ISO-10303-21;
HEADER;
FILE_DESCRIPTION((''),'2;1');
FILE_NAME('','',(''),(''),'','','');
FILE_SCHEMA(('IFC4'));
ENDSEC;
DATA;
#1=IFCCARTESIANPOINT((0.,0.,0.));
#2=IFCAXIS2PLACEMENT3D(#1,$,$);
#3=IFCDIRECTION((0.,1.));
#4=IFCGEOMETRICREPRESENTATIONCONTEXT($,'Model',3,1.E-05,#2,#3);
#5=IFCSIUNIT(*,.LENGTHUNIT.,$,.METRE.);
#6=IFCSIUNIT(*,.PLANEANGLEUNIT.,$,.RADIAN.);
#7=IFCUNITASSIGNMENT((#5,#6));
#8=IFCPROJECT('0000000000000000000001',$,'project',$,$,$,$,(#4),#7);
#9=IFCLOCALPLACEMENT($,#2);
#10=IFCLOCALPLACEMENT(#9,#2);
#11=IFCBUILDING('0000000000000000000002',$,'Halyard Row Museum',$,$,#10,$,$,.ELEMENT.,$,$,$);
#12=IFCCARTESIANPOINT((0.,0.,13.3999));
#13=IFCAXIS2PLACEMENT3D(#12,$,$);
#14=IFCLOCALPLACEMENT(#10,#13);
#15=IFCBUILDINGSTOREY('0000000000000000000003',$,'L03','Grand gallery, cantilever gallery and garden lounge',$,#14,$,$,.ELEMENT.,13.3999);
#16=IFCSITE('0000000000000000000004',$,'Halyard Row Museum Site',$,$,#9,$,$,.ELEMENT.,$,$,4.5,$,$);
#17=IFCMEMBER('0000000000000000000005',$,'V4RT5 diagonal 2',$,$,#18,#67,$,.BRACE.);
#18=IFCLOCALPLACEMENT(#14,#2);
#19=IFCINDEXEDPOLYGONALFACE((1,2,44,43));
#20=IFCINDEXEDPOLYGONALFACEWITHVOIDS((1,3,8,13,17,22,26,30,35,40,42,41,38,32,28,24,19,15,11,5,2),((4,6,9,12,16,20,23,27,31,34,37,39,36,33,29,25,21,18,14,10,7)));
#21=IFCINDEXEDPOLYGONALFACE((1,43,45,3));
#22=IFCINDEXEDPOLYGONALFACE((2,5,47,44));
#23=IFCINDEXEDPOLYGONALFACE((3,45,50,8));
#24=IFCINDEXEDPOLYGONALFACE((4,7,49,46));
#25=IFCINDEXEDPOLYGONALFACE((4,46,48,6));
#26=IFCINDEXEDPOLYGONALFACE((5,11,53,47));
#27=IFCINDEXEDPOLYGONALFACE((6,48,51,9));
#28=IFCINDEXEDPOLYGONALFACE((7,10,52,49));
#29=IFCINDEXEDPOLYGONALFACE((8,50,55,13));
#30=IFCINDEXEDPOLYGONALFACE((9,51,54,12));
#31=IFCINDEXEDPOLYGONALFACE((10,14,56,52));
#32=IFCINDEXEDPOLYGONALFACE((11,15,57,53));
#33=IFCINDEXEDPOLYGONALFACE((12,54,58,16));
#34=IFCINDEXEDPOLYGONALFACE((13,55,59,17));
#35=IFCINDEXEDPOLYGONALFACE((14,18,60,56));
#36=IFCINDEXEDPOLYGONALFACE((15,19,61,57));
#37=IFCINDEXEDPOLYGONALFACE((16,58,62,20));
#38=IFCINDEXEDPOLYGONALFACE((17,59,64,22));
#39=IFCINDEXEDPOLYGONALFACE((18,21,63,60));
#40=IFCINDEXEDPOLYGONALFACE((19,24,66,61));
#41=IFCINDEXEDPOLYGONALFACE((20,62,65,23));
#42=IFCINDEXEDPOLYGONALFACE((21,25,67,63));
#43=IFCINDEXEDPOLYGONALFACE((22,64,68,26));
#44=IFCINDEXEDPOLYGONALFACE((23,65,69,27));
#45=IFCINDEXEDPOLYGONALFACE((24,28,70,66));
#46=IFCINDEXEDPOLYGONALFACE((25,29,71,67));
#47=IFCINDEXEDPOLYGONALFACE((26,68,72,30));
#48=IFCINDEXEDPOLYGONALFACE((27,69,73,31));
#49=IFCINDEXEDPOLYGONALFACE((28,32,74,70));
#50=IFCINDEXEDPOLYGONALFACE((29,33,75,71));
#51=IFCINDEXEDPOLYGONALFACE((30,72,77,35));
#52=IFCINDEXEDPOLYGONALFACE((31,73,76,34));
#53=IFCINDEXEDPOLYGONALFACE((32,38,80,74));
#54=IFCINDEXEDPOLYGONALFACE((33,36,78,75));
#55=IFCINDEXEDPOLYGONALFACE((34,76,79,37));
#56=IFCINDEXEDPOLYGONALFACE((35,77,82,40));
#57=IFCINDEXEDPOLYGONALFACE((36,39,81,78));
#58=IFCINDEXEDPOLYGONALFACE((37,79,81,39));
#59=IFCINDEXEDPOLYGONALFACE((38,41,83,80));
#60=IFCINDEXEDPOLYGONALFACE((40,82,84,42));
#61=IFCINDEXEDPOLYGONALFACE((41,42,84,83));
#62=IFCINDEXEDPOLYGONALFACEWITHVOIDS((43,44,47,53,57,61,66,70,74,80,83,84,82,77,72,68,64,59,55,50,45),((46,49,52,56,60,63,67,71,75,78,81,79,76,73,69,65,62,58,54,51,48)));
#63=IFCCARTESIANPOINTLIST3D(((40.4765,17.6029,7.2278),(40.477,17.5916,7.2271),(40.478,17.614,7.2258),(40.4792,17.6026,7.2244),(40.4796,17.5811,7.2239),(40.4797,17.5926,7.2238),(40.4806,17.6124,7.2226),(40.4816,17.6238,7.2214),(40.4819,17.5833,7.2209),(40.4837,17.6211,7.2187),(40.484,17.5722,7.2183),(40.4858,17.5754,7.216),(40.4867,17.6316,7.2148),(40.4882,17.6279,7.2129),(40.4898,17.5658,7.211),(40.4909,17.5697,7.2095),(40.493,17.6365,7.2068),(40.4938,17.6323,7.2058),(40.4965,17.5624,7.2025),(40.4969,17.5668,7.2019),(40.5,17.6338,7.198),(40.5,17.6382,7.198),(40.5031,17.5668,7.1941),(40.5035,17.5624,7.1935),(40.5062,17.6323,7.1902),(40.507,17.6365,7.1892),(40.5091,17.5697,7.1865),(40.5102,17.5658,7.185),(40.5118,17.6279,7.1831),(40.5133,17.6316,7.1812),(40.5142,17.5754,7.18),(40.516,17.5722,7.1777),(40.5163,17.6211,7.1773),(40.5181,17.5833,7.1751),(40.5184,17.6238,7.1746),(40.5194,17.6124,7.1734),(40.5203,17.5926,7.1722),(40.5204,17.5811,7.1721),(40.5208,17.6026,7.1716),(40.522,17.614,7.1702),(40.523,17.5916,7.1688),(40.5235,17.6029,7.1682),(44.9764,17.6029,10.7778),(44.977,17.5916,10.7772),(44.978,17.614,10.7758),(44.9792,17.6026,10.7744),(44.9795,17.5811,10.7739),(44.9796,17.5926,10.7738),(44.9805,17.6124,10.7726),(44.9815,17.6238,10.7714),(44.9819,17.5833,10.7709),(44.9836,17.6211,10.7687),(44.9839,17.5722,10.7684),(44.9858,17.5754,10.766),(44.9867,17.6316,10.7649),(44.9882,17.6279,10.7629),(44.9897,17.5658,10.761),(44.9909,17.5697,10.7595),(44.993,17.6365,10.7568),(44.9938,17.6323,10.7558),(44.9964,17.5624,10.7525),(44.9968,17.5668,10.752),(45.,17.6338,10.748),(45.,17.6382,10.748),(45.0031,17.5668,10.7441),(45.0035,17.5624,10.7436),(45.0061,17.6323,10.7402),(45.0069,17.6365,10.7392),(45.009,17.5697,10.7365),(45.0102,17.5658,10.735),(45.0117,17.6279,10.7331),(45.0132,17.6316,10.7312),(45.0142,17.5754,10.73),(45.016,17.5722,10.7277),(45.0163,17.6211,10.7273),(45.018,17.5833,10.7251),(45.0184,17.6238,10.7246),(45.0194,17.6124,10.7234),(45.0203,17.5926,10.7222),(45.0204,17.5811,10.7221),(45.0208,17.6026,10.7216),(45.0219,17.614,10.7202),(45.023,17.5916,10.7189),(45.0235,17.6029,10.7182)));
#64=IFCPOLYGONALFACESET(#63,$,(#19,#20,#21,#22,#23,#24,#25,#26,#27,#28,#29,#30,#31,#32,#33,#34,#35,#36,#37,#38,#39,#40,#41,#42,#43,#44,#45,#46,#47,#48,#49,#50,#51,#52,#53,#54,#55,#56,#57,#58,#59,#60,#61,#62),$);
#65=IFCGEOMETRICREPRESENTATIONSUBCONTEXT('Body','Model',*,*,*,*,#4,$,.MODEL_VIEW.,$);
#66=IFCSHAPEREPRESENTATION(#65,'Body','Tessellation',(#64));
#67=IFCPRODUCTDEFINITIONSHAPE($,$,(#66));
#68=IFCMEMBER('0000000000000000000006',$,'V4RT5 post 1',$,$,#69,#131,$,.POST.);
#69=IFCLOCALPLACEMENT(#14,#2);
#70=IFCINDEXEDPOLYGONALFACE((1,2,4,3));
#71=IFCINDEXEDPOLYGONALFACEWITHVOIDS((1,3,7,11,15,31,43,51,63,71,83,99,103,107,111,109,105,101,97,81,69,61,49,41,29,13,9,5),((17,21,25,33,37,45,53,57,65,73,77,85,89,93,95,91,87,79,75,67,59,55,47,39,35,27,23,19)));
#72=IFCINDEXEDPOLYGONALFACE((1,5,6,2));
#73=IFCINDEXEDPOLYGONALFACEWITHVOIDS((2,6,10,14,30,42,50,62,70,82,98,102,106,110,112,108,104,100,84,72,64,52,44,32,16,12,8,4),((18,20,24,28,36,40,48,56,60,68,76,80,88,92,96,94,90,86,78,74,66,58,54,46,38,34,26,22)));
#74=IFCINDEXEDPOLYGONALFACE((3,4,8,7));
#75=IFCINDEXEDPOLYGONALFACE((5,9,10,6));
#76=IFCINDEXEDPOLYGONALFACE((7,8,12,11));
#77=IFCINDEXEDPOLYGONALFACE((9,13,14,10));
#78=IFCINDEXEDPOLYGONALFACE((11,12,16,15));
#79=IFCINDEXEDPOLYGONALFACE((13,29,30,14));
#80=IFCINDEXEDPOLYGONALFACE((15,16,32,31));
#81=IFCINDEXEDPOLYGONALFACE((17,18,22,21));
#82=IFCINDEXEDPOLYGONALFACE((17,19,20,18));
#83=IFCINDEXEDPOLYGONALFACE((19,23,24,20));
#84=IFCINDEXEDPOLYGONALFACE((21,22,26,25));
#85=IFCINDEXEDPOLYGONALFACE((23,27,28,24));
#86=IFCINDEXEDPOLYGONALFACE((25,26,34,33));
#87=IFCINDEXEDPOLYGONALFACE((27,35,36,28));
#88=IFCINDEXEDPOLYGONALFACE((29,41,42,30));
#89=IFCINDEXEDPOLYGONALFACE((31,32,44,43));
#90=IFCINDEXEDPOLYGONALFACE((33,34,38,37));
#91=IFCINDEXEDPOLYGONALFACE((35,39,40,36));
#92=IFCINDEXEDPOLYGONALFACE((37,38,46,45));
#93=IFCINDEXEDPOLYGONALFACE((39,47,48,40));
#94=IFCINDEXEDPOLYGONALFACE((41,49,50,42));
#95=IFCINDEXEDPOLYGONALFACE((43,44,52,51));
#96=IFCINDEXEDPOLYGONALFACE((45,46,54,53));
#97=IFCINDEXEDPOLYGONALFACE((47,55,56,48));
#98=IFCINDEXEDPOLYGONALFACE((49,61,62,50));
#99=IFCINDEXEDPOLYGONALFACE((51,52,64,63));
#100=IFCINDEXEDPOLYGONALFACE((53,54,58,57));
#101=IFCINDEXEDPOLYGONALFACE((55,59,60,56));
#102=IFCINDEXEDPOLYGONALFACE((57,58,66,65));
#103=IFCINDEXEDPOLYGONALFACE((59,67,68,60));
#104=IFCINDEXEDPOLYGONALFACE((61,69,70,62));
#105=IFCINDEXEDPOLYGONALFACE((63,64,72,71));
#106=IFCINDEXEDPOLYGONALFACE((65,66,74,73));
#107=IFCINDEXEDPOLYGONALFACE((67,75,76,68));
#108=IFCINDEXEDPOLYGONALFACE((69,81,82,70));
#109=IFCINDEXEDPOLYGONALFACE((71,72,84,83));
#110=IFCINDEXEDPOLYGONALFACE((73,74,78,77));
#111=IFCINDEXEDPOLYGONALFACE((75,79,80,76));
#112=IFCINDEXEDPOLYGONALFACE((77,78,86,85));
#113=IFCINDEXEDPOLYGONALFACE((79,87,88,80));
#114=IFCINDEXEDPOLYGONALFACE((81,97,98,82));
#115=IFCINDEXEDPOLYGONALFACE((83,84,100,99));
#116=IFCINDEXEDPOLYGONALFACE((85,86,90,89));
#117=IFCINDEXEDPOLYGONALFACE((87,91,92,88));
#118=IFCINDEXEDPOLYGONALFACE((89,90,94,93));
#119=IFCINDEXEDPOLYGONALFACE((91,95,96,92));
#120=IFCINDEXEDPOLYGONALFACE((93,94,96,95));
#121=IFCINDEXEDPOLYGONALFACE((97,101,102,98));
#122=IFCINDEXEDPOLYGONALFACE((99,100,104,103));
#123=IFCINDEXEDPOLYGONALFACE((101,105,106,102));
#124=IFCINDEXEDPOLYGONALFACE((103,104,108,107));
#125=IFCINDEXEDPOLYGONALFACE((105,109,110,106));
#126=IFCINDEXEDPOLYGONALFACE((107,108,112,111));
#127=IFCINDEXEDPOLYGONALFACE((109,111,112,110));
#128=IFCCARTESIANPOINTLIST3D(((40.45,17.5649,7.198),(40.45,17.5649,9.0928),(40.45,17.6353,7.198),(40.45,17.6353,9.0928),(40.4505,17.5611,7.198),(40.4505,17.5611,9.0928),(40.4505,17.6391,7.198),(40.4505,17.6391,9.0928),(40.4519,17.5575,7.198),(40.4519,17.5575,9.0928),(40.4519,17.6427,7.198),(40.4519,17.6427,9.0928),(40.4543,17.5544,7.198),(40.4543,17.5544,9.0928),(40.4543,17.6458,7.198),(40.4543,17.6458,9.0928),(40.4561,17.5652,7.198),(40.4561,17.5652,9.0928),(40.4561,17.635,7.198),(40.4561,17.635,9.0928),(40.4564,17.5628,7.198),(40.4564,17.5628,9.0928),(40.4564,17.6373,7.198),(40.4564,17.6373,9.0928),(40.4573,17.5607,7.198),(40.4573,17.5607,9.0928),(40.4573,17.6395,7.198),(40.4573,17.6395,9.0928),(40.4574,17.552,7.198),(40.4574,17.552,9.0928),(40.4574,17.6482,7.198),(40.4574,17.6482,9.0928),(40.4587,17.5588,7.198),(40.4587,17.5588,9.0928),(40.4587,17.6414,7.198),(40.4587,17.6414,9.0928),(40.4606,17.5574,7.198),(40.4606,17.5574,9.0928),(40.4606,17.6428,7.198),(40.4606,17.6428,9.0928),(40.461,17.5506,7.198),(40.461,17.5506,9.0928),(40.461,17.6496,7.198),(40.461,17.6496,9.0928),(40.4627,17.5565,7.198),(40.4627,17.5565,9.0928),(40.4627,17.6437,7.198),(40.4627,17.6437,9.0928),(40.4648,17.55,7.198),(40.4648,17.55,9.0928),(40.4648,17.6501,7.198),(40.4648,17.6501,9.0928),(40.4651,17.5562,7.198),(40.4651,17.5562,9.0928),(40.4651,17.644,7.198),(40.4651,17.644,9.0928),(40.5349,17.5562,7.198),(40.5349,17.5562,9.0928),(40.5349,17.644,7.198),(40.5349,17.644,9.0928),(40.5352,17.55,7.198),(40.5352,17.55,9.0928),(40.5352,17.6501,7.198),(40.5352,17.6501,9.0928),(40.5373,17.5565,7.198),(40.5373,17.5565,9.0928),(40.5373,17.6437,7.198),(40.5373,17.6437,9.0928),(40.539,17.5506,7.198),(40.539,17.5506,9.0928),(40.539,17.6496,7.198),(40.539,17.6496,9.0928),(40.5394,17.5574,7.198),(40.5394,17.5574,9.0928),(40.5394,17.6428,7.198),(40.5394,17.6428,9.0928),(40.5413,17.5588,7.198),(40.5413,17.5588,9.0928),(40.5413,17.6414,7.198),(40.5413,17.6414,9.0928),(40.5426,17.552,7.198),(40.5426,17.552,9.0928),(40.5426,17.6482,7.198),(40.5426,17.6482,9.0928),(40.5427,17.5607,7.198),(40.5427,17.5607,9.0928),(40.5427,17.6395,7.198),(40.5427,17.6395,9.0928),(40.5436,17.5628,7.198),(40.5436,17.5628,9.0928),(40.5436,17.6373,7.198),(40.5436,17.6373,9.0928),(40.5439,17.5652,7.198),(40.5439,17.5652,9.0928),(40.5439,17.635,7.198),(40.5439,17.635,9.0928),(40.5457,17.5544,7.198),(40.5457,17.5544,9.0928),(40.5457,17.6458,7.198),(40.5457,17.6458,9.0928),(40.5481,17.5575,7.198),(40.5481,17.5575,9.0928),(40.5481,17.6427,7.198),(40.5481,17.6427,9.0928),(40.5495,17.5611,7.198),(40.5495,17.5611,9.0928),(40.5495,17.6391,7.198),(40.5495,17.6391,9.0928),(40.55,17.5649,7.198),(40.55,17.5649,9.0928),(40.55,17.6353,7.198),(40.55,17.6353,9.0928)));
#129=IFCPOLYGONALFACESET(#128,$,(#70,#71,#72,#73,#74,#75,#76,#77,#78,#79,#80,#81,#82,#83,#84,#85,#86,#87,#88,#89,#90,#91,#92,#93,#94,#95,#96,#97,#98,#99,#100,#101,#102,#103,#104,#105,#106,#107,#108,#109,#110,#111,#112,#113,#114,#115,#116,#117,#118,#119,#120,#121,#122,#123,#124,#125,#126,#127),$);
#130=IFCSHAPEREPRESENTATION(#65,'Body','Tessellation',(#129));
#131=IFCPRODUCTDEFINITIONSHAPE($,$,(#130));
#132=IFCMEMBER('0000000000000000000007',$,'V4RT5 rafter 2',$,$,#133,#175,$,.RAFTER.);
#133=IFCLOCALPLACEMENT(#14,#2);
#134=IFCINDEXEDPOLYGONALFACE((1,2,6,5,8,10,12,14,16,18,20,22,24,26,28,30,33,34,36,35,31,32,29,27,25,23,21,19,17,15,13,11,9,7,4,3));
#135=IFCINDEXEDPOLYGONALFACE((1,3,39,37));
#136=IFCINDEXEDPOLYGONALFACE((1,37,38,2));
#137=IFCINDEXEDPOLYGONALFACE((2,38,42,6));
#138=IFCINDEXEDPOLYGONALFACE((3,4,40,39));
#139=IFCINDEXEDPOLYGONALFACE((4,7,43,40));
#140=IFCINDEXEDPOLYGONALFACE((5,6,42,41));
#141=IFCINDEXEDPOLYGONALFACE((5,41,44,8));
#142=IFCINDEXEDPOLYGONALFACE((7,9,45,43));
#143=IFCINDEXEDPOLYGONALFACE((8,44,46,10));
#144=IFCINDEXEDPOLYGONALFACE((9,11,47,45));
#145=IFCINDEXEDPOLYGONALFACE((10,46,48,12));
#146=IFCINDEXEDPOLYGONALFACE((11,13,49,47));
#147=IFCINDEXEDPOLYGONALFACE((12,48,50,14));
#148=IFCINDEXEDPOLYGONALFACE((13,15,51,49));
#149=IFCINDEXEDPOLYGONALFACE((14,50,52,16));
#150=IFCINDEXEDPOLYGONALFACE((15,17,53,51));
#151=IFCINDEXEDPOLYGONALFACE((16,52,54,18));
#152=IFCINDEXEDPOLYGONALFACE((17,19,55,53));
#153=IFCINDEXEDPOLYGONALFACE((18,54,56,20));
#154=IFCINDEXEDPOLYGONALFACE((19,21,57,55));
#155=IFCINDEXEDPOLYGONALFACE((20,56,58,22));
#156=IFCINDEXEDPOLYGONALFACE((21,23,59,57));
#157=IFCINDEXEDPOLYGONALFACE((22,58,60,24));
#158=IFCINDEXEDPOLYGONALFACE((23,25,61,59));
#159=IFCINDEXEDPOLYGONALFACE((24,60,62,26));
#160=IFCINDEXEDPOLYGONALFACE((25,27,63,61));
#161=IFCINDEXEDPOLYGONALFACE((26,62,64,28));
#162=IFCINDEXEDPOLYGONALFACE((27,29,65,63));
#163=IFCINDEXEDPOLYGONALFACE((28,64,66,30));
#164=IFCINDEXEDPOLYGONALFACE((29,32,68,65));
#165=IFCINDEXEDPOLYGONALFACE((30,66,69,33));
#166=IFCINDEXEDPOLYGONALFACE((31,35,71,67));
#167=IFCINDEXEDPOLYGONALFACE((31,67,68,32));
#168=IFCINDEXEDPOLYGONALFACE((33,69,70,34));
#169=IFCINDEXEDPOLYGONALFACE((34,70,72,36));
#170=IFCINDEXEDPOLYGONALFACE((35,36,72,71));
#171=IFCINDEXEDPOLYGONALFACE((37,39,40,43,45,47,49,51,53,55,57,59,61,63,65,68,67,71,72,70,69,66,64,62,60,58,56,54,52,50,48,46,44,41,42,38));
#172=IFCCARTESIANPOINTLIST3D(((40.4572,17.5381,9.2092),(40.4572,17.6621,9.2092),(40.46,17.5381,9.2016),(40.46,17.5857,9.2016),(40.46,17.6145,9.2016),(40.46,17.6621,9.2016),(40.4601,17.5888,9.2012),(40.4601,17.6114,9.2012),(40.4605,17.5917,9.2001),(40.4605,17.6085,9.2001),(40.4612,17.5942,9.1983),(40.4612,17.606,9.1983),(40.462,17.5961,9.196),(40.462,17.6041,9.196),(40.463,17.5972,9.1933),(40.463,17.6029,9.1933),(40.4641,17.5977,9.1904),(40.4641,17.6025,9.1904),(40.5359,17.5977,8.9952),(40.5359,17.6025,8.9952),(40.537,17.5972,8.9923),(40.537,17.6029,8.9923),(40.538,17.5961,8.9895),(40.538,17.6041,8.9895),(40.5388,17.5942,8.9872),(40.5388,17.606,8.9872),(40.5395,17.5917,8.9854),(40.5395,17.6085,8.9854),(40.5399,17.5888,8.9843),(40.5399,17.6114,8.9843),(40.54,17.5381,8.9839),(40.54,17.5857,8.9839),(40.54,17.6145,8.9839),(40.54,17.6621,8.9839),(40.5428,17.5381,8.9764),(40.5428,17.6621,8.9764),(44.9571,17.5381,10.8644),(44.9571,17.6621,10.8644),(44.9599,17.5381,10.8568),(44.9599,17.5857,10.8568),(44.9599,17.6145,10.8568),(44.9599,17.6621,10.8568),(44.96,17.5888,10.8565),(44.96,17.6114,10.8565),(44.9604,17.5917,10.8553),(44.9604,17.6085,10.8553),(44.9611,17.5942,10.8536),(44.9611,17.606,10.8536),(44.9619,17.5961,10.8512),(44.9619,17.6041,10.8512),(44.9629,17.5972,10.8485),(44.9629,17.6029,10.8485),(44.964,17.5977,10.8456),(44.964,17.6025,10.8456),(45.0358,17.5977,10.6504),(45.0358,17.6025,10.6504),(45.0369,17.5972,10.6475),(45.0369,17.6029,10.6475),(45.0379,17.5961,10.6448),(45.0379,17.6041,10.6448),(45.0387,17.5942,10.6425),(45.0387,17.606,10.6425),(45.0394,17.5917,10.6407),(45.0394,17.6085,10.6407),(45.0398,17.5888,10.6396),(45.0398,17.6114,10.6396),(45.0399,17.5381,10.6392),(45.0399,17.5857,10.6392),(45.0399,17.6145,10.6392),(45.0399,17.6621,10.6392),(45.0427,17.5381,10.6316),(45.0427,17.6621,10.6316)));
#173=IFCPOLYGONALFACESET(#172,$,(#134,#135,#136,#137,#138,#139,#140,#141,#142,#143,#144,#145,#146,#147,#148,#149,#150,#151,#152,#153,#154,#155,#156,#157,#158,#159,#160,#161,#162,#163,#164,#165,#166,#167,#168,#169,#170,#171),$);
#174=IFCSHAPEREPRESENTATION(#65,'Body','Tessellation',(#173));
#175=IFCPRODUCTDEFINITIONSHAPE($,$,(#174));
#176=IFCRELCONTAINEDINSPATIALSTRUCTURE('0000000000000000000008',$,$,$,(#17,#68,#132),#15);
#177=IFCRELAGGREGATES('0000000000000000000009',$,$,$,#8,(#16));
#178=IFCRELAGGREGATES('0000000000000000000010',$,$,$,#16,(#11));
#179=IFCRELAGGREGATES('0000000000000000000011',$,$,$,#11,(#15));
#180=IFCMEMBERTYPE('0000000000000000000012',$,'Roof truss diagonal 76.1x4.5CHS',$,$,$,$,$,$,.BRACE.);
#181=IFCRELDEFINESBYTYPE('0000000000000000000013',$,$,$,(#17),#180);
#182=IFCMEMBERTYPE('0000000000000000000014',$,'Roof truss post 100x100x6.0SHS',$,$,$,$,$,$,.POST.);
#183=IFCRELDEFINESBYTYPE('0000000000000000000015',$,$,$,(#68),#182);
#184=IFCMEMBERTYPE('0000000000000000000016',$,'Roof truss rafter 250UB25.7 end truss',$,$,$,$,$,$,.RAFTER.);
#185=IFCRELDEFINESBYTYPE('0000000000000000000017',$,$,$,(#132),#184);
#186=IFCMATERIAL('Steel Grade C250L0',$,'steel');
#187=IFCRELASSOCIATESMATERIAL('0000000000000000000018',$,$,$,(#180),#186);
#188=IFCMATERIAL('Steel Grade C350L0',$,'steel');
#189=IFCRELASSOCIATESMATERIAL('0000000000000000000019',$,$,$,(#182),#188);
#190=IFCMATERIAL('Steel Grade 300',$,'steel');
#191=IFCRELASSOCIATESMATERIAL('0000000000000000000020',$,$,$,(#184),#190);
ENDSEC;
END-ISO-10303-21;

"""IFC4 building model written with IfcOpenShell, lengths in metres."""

from ifc_helpers import new_model, si_unit, direction, frame, origin, origin_2d, place, context, subcontext, project, spatial, hollow_rectangle, hollow_circle, i_section, extrude, material, material_profile, profile_set, type_object, element, save


model = new_model("IFC4")

# Units and contexts
model_context = context("Model", 3, precision=1e-05, world=origin(), true_north=direction((0.0, 1.0)))
body_context = subcontext(model_context, "Body", "Model", "MODEL_VIEW")
ifc_project = project(units=[si_unit("LENGTHUNIT", "METRE"), si_unit("PLANEANGLEUNIT", "RADIAN")], contexts=[model_context])

# Site, building, storey
site_placement = place(None, origin())
site = spatial("IfcSite", under=ifc_project, at=site_placement, Name="Halyard Row Museum Site", CompositionType="ELEMENT", RefElevation=4.5)
building_placement = place(site_placement, origin())
building = spatial("IfcBuilding", under=site, at=building_placement, Name="Halyard Row Museum", CompositionType="ELEMENT")
storey_placement = place(building_placement, frame((0.0, 0.0, 13.3999)))
storey = spatial("IfcBuildingStorey", under=building, at=storey_placement, Name="L03", Description="Grand gallery, cantilever gallery and garden lounge", CompositionType="ELEMENT", Elevation=13.3999)

# Members
ifc_material_1 = material(Name="Steel Grade C250L0", Category="steel")
ifc_material_profile_1 = material_profile(ifc_material_1, hollow_circle(Radius=0.0381, WallThickness=0.0044, at=origin_2d()), Name="76.1x4.5CHS")
ifc_profile_set_1 = profile_set([ifc_material_profile_1], Name="Steel Grade C250L0")
member_type_1 = type_object("IfcMemberType", Name="Roof truss diagonal 76.1x4.5CHS", PredefinedType="BRACE", material=ifc_profile_set_1)
member_1_placement = place(storey_placement, frame((40.5, 17.6001, 7.198), z_axis=(0.785102, 0.0, 0.619367), x_axis=(0.0, 1.0, 0.0)))
element("IfcMember", 1, at=member_1_placement, inside=storey, type_object=member_type_1, Name="V4RT5 diagonal 2", PredefinedType="BRACE", context=body_context, shape_type="SweptSolid", body=[
    extrude(hollow_circle(Radius=0.0381, WallThickness=0.0044, at=origin_2d()), origin(), (0.0, 0.0, 1.0), 5.7317),
])
ifc_material_2 = material(Name="Steel Grade C350L0", Category="steel")
ifc_material_profile_2 = material_profile(ifc_material_2, hollow_rectangle(XDim=0.1001, YDim=0.1001, WallThickness=0.0061, InnerFilletRadius=0.009, OuterFilletRadius=0.0149, at=origin_2d()), Name="100x100x6.0SHS")
ifc_profile_set_2 = profile_set([ifc_material_profile_2], Name="Steel Grade C350L0")
member_type_2 = type_object("IfcMemberType", Name="Roof truss post 100x100x6.0SHS", PredefinedType="POST", material=ifc_profile_set_2)
member_2_placement = place(storey_placement, frame((40.5, 17.6001, 7.198), z_axis=(0.0, 0.0, 1.0), x_axis=(1.0, 0.0, 0.0)))
element("IfcMember", 2, at=member_2_placement, inside=storey, type_object=member_type_2, Name="V4RT5 post 1", PredefinedType="POST", context=body_context, shape_type="SweptSolid", body=[
    extrude(hollow_rectangle(XDim=0.1001, YDim=0.1001, WallThickness=0.0061, InnerFilletRadius=0.009, OuterFilletRadius=0.0149, at=origin_2d()), origin(), (0.0, 0.0, 1.0), 1.8948),
])
ifc_material_3 = material(Name="Steel Grade 300", Category="steel")
ifc_material_profile_3 = material_profile(ifc_material_3, i_section(OverallWidth=0.124, OverallDepth=0.248, WebThickness=0.0049, FlangeThickness=0.0081, FilletRadius=0.012, at=origin_2d()), Name="250UB25.7")
ifc_profile_set_3 = profile_set([ifc_material_profile_3], Name="Steel Grade 300")
member_type_3 = type_object("IfcMemberType", Name="Roof truss rafter 250UB25.7 end truss", PredefinedType="RAFTER", material=ifc_profile_set_3)
member_3_placement = place(storey_placement, frame((40.5, 17.6001, 9.0928), z_axis=(0.93852, 0.0, 0.345224), x_axis=(0.0, 1.0, 0.0)))
element("IfcMember", 3, at=member_3_placement, inside=storey, type_object=member_type_3, Name="V4RT5 rafter 2", PredefinedType="RAFTER", context=body_context, shape_type="SweptSolid", body=[
    extrude(i_section(OverallWidth=0.124, OverallDepth=0.248, WebThickness=0.0049, FlangeThickness=0.0081, FilletRadius=0.012, at=origin_2d()), origin(), (0.0, 0.0, 1.0), 4.7947),
])

save(model, "model.ifc")
